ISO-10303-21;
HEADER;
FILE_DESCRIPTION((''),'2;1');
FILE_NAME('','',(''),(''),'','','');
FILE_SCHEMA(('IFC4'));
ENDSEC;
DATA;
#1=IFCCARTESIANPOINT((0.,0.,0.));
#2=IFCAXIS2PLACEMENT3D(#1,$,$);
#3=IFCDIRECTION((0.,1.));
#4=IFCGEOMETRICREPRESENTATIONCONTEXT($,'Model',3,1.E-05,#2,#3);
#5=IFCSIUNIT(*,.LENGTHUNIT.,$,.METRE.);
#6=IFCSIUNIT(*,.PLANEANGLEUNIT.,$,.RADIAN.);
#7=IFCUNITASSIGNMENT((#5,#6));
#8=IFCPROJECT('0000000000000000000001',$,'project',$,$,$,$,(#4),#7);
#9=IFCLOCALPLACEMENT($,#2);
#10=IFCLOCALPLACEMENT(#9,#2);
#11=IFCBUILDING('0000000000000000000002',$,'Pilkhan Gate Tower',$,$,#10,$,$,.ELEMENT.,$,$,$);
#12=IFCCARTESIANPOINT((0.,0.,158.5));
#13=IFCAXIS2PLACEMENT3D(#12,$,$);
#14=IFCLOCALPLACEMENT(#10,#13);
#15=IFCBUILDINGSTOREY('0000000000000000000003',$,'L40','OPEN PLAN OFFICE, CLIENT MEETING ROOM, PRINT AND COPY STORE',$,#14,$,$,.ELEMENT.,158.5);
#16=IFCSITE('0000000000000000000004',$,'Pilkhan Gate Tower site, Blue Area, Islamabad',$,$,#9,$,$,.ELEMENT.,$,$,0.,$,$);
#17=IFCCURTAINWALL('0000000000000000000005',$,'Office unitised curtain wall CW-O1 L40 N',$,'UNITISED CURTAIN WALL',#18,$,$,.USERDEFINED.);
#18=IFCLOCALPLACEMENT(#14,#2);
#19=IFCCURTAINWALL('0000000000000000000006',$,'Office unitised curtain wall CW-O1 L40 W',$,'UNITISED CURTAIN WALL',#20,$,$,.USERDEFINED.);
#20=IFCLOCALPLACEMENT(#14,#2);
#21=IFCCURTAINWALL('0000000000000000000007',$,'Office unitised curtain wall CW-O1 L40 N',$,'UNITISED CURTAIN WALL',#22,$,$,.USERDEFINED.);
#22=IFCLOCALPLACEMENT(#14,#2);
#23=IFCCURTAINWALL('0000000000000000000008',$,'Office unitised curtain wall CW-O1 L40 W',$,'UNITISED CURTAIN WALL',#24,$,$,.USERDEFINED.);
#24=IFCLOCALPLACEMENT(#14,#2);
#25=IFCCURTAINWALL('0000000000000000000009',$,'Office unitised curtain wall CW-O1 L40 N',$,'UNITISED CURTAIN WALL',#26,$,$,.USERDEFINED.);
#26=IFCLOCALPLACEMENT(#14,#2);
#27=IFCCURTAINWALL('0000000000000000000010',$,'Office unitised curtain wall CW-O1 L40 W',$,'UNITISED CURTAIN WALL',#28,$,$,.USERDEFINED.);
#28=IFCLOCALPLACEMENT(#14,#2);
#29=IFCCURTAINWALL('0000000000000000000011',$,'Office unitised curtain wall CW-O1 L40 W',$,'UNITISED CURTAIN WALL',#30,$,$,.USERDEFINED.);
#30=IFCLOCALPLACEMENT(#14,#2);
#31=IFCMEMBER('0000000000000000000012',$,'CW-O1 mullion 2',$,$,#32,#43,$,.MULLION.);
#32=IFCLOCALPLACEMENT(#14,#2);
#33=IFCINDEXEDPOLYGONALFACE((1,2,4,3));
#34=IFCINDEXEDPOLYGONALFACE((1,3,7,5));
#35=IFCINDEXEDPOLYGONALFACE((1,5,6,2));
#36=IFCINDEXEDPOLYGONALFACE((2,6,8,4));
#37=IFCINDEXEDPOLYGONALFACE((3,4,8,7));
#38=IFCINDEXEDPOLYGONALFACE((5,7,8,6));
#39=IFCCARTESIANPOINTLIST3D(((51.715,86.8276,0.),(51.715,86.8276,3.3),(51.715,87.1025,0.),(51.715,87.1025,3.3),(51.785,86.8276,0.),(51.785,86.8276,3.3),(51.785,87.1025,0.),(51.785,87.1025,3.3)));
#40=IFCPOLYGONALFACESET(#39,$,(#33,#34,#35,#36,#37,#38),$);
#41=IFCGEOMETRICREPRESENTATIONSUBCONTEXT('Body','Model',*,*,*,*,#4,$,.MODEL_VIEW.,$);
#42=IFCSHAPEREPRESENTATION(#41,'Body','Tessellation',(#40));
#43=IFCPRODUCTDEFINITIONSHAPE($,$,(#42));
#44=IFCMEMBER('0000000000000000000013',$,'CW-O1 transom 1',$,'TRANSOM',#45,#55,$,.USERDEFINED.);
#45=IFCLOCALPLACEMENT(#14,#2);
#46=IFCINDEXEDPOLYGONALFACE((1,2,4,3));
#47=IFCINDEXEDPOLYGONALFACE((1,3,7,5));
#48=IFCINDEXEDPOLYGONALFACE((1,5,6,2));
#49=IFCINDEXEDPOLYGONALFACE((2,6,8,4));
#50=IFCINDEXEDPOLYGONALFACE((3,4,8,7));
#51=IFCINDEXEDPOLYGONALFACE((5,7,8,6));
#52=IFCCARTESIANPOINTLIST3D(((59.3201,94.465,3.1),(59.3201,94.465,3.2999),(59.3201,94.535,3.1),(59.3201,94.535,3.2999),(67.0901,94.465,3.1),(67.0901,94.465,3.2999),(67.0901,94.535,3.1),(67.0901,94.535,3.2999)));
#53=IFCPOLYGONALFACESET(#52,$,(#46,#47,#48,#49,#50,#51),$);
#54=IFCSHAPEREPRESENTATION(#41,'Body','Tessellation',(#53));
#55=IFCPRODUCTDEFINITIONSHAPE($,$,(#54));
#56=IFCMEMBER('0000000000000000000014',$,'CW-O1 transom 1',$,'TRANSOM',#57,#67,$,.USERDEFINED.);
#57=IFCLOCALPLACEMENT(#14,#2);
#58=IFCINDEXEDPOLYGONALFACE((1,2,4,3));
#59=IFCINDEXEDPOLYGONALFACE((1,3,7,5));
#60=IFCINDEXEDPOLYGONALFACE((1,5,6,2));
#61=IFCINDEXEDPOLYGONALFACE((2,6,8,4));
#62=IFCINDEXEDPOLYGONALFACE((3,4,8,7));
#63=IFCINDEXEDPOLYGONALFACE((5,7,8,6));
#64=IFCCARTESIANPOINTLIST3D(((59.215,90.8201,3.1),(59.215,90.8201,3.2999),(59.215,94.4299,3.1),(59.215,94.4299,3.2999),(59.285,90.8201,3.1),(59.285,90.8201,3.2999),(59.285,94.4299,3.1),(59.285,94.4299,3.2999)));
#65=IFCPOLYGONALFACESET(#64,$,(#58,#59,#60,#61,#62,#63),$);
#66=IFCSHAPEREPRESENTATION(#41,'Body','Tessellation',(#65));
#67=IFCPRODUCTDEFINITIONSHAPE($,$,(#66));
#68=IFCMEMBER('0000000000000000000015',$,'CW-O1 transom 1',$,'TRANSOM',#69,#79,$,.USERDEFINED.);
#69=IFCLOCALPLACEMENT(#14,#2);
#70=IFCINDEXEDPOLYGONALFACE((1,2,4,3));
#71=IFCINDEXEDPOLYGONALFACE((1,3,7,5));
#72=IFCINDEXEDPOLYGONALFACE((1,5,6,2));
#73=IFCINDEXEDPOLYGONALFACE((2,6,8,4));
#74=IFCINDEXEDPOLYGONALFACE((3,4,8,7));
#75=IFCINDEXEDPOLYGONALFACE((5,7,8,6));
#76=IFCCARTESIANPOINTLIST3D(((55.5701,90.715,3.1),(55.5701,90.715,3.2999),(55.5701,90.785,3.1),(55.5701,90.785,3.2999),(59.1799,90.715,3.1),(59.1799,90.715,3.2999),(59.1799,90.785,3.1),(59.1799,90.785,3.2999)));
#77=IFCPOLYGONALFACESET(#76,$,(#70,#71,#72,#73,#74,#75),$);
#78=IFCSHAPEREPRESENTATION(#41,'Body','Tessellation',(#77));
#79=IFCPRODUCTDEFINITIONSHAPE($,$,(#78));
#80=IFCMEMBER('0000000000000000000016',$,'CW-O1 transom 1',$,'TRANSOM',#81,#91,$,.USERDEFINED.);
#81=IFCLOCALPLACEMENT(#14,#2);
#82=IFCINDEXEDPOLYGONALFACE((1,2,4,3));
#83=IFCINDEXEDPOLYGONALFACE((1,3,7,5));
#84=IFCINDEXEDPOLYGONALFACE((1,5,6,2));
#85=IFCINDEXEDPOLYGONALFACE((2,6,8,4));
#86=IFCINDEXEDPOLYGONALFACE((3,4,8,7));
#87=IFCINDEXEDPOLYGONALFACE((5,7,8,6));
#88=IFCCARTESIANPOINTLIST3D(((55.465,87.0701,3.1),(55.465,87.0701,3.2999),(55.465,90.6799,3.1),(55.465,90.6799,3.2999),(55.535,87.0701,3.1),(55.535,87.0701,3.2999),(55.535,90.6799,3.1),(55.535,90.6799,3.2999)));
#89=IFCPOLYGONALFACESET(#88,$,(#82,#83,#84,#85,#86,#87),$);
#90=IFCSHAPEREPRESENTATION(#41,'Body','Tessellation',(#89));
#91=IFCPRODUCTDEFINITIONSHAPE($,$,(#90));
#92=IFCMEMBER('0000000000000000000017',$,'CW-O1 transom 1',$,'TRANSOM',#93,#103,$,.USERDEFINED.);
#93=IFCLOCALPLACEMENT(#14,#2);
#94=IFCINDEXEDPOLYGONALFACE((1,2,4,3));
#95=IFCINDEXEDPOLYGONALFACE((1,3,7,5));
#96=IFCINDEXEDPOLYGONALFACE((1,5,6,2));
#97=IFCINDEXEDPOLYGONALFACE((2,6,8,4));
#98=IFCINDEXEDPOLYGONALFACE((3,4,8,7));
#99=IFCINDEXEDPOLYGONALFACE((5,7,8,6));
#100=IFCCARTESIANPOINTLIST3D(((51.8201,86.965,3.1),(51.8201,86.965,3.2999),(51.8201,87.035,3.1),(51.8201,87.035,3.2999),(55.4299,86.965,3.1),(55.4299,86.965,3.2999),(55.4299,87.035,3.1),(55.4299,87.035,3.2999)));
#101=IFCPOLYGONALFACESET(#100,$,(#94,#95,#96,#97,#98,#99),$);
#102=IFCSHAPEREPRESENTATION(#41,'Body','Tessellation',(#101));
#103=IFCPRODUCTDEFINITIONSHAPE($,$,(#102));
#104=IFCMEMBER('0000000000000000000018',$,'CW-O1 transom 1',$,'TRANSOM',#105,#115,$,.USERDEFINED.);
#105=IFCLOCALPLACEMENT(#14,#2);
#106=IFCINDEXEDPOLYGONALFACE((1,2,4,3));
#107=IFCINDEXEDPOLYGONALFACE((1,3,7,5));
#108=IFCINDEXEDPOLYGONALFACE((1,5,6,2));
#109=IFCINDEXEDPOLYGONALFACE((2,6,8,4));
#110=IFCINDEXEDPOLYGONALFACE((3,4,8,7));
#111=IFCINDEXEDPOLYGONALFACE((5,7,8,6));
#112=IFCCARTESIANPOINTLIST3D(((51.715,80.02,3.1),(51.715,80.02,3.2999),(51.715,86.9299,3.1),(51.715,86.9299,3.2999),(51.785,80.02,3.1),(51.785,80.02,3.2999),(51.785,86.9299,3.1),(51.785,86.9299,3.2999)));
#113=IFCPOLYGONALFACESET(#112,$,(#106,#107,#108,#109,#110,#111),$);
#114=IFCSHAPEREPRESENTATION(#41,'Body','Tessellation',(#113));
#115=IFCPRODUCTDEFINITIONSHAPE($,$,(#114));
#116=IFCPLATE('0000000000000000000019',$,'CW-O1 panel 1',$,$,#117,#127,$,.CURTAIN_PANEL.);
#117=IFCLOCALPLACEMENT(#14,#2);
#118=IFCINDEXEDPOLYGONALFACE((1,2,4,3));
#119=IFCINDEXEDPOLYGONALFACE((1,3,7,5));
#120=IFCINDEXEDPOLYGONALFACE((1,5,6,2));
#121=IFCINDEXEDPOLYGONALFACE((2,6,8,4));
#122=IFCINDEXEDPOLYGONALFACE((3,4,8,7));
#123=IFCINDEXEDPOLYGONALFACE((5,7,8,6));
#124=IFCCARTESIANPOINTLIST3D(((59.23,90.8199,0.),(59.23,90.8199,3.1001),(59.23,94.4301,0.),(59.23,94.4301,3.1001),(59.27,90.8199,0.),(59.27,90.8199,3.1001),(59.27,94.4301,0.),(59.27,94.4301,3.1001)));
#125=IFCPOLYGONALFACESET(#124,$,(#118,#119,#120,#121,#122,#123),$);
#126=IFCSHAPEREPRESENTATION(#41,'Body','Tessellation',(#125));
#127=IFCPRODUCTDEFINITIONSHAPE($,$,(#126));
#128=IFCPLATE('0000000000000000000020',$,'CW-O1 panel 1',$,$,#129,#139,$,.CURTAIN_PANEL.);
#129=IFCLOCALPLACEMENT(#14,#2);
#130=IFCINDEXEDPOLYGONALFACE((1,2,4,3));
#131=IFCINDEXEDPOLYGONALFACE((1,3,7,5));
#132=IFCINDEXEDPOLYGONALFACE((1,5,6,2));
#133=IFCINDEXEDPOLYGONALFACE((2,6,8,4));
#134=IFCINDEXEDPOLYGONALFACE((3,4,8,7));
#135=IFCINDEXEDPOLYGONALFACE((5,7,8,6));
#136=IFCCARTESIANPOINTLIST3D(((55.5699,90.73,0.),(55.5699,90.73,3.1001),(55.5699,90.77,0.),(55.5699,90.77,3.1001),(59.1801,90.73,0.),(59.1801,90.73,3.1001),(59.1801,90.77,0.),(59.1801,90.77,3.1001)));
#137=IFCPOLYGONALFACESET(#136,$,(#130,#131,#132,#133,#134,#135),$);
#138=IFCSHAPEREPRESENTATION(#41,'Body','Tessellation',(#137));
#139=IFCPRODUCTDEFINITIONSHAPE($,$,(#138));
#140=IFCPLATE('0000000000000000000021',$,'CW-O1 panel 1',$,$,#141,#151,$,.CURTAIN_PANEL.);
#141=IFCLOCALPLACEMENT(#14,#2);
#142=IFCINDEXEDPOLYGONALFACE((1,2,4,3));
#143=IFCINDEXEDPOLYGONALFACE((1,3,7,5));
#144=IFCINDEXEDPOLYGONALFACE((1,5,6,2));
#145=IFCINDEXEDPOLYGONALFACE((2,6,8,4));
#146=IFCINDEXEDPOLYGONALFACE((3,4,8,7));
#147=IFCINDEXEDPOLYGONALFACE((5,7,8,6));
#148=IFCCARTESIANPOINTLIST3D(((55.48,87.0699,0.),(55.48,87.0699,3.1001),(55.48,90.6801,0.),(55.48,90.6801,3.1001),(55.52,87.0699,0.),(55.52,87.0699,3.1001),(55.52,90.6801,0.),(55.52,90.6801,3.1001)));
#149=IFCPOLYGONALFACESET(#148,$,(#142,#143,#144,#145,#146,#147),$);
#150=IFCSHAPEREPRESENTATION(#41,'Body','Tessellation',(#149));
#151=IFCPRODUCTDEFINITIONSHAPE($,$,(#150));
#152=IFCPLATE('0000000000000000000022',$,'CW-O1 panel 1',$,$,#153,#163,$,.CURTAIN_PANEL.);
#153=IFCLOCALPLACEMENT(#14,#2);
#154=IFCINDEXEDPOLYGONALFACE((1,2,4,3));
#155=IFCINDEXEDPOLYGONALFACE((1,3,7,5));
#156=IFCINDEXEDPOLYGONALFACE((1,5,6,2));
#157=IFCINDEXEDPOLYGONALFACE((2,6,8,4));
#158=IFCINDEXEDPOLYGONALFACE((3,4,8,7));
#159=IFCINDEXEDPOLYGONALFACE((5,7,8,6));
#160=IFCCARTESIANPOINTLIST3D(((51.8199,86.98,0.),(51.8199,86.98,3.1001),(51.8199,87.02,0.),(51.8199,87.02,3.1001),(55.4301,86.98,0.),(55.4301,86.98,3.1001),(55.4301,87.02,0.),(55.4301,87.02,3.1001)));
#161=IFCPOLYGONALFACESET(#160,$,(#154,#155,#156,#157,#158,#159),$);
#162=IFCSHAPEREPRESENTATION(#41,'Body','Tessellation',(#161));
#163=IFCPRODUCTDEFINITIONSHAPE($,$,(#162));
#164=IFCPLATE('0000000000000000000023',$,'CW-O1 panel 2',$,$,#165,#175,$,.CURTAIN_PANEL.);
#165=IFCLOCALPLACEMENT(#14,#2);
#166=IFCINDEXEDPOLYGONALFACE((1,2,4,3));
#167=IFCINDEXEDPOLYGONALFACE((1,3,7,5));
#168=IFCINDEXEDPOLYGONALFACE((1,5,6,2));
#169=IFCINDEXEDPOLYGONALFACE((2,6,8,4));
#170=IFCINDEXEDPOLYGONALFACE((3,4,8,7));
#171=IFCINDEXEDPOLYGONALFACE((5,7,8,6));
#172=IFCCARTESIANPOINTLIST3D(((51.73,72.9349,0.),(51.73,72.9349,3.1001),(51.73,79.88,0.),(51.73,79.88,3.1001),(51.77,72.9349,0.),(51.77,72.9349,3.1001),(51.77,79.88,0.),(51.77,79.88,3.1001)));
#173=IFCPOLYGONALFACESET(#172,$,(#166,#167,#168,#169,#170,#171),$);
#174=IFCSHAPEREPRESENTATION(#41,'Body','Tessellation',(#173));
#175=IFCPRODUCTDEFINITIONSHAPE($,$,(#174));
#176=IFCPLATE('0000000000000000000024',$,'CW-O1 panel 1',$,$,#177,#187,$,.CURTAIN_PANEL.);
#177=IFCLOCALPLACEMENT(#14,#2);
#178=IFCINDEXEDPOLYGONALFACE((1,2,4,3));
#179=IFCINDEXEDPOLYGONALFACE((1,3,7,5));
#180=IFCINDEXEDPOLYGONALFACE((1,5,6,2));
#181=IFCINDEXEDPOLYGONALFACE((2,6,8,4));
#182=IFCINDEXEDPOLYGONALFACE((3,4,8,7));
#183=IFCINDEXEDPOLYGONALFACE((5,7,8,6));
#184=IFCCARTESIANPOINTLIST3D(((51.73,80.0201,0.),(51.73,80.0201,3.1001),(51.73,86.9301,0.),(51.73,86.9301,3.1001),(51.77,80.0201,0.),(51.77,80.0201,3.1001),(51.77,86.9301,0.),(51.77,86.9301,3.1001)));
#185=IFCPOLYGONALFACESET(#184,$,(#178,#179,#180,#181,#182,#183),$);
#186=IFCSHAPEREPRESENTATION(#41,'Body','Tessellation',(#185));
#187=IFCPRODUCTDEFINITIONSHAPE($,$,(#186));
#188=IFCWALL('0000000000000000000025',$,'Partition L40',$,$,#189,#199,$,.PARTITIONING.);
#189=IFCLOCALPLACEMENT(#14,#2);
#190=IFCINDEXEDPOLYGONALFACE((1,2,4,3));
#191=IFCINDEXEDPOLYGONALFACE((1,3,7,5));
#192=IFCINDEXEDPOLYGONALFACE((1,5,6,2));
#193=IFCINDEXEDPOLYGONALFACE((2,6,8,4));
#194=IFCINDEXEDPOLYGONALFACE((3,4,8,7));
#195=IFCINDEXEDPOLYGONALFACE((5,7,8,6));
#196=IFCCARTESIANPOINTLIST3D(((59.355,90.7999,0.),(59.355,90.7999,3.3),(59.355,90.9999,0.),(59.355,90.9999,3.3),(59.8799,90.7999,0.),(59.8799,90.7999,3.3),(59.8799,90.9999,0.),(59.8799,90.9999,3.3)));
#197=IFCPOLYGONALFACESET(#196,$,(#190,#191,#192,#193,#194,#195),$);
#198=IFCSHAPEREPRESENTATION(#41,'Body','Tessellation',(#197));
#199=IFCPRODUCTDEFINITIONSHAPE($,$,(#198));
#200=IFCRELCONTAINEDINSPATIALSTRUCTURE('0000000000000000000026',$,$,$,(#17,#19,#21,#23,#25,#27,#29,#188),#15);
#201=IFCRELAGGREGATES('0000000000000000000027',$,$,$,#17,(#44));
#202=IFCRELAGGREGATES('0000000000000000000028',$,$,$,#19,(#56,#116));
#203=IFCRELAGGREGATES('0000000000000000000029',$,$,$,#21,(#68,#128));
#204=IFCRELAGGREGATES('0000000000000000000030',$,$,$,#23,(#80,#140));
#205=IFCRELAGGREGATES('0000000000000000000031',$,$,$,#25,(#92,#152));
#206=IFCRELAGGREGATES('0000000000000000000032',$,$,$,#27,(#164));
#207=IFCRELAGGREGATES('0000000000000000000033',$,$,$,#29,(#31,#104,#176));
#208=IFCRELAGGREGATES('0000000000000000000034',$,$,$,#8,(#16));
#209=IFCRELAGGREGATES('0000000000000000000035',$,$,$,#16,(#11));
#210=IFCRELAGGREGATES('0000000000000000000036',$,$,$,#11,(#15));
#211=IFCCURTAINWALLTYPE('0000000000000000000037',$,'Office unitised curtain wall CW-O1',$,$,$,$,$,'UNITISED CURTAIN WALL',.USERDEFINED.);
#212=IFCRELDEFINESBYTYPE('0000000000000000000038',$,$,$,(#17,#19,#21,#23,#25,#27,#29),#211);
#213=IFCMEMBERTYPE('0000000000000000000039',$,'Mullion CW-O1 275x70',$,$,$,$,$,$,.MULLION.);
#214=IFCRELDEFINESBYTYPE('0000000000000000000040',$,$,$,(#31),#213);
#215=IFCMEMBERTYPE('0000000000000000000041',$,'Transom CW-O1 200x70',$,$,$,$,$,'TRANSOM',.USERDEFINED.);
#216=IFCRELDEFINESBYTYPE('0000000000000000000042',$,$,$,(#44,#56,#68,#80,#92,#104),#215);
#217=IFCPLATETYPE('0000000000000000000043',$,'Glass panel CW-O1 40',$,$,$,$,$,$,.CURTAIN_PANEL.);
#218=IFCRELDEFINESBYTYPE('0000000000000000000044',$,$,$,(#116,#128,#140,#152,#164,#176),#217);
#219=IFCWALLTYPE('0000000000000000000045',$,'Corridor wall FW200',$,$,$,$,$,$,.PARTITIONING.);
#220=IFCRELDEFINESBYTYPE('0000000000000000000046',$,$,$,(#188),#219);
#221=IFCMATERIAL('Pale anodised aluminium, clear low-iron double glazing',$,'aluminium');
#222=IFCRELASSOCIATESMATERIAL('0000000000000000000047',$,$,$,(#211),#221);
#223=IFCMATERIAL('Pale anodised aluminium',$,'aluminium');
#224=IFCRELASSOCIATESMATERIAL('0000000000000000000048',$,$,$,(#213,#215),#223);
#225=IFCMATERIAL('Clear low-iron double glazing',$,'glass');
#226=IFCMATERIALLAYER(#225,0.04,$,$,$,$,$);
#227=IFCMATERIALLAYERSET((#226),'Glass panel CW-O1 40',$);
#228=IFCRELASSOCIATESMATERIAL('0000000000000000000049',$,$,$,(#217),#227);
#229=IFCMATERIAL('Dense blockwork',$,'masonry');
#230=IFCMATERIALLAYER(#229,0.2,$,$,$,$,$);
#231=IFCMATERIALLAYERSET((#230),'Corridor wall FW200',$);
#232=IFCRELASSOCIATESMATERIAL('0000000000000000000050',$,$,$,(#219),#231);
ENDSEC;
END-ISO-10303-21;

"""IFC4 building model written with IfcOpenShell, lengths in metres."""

from ifc_helpers import new_model, si_unit, direction, frame, frame_2d, origin, origin_2d, place, context, subcontext, project, spatial, rectangle, extrude, material, layer, layer_set, material_profile, profile_set, type_object, element, aggregate, save


model = new_model("IFC4")

# Units and contexts
model_context = context("Model", 3, precision=1e-05, world=origin(), true_north=direction((0.0, 1.0)))
body_context = subcontext(model_context, "Body", "Model", "MODEL_VIEW")
ifc_project = project(units=[si_unit("LENGTHUNIT", "METRE"), si_unit("PLANEANGLEUNIT", "RADIAN")], contexts=[model_context])

# Site, building, storey
site_placement = place(None, origin())
site = spatial("IfcSite", under=ifc_project, at=site_placement, Name="Pilkhan Gate Tower site, Blue Area, Islamabad", CompositionType="ELEMENT", RefElevation=0.0)
building_placement = place(site_placement, origin())
building = spatial("IfcBuilding", under=site, at=building_placement, Name="Pilkhan Gate Tower", CompositionType="ELEMENT")
storey_placement = place(building_placement, frame((0.0, 0.0, 158.5)))
storey = spatial("IfcBuildingStorey", under=building, at=storey_placement, Name="L40", Description="OPEN PLAN OFFICE, CLIENT MEETING ROOM, PRINT AND COPY STORE", CompositionType="ELEMENT", Elevation=158.5)

# Curtain wall
ifc_material_1 = material(Name="Pale anodised aluminium, clear low-iron double glazing", Category="aluminium")
curtain_wall_type = type_object("IfcCurtainWallType", Name="Office unitised curtain wall CW-O1", ElementType="UNITISED CURTAIN WALL", PredefinedType="USERDEFINED", material=ifc_material_1)
curtain_wall_1_placement = place(storey_placement, origin())
curtain_wall_1 = element("IfcCurtainWall", 1, at=curtain_wall_1_placement, inside=storey, type_object=curtain_wall_type, Name="Office unitised curtain wall CW-O1 L40 N", ObjectType="UNITISED CURTAIN WALL", PredefinedType="USERDEFINED")
ifc_material_2 = material(Name="Pale anodised aluminium", Category="aluminium")
ifc_material_profile_1 = material_profile(ifc_material_2, rectangle(XDim=0.0701, YDim=0.2749, at=origin_2d()), Name="Mullion 275x70")
ifc_profile_set_1 = profile_set([ifc_material_profile_1], Name="Pale anodised aluminium")
member_type_1 = type_object("IfcMemberType", Name="Mullion CW-O1 275x70", PredefinedType="MULLION", material=ifc_profile_set_1)

# Curtain walls
curtain_wall_2_placement = place(storey_placement, origin())
curtain_wall_2 = element("IfcCurtainWall", 2, at=curtain_wall_2_placement, inside=storey, type_object=curtain_wall_type, Name="Office unitised curtain wall CW-O1 L40 W", ObjectType="UNITISED CURTAIN WALL", PredefinedType="USERDEFINED")
curtain_wall_3_placement = place(storey_placement, origin())
curtain_wall_3 = element("IfcCurtainWall", 3, at=curtain_wall_3_placement, inside=storey, type_object=curtain_wall_type, Name="Office unitised curtain wall CW-O1 L40 N", ObjectType="UNITISED CURTAIN WALL", PredefinedType="USERDEFINED")
curtain_wall_4_placement = place(storey_placement, origin())
curtain_wall_4 = element("IfcCurtainWall", 4, at=curtain_wall_4_placement, inside=storey, type_object=curtain_wall_type, Name="Office unitised curtain wall CW-O1 L40 W", ObjectType="UNITISED CURTAIN WALL", PredefinedType="USERDEFINED")
curtain_wall_5_placement = place(storey_placement, origin())
curtain_wall_5 = element("IfcCurtainWall", 5, at=curtain_wall_5_placement, inside=storey, type_object=curtain_wall_type, Name="Office unitised curtain wall CW-O1 L40 N", ObjectType="UNITISED CURTAIN WALL", PredefinedType="USERDEFINED")

# Curtain wall
curtain_wall_6_placement = place(storey_placement, origin())
curtain_wall_6 = element("IfcCurtainWall", 6, at=curtain_wall_6_placement, inside=storey, type_object=curtain_wall_type, Name="Office unitised curtain wall CW-O1 L40 W", ObjectType="UNITISED CURTAIN WALL", PredefinedType="USERDEFINED")

# Curtain wall, member
curtain_wall_7_placement = place(storey_placement, origin())
curtain_wall_7 = element("IfcCurtainWall", 7, at=curtain_wall_7_placement, inside=storey, type_object=curtain_wall_type, Name="Office unitised curtain wall CW-O1 L40 W", ObjectType="UNITISED CURTAIN WALL", PredefinedType="USERDEFINED")
member_1_placement = place(storey_placement, frame((51.75, 86.9651, 0.0), z_axis=(0.0, 0.0, 1.0), x_axis=(-1.0, 0.0, 0.0)))
member_1 = element("IfcMember", 8, at=member_1_placement, type_object=member_type_1, Name="CW-O1 mullion 2", PredefinedType="MULLION", context=body_context, shape_type="SweptSolid", body=[
    extrude(rectangle(XDim=0.0701, YDim=0.2749, at=origin_2d()), origin(), (0.0, 0.0, 1.0), 3.3),
])

# Members
ifc_material_profile_2 = material_profile(ifc_material_2, rectangle(XDim=0.0701, YDim=0.2, at=origin_2d()), Name="Transom 200x70")
ifc_profile_set_2 = profile_set([ifc_material_profile_2], Name="Pale anodised aluminium")
member_type_2 = type_object("IfcMemberType", Name="Transom CW-O1 200x70", ElementType="TRANSOM", PredefinedType="USERDEFINED", material=ifc_profile_set_2)
member_2_placement = place(storey_placement, frame((59.3201, 94.5, 3.2), z_axis=(1.0, 0.0, 0.0), x_axis=(0.0, 1.0, 0.0)))
member_2 = element("IfcMember", 9, at=member_2_placement, type_object=member_type_2, Name="CW-O1 transom 1", ObjectType="TRANSOM", PredefinedType="USERDEFINED", context=body_context, shape_type="SweptSolid", body=[
    extrude(rectangle(XDim=0.0701, YDim=0.2, at=origin_2d()), origin(), (0.0, 0.0, 1.0), 7.77),
])
aggregate(curtain_wall_1, [member_2])
member_3_placement = place(storey_placement, frame((59.25, 90.8201, 3.2), z_axis=(0.0, 1.0, 0.0), x_axis=(-1.0, 0.0, 0.0)))
member_3 = element("IfcMember", 10, at=member_3_placement, type_object=member_type_2, Name="CW-O1 transom 1", ObjectType="TRANSOM", PredefinedType="USERDEFINED", context=body_context, shape_type="SweptSolid", body=[
    extrude(rectangle(XDim=0.0701, YDim=0.2, at=origin_2d()), origin(), (0.0, 0.0, 1.0), 3.6099),
])
member_4_placement = place(storey_placement, frame((55.5701, 90.75, 3.2), z_axis=(1.0, 0.0, 0.0), x_axis=(0.0, 1.0, 0.0)))
member_4 = element("IfcMember", 11, at=member_4_placement, type_object=member_type_2, Name="CW-O1 transom 1", ObjectType="TRANSOM", PredefinedType="USERDEFINED", context=body_context, shape_type="SweptSolid", body=[
    extrude(rectangle(XDim=0.0701, YDim=0.2, at=origin_2d()), origin(), (0.0, 0.0, 1.0), 3.6099),
])
member_5_placement = place(storey_placement, frame((55.5, 87.0701, 3.2), z_axis=(0.0, 1.0, 0.0), x_axis=(-1.0, 0.0, 0.0)))
member_5 = element("IfcMember", 12, at=member_5_placement, type_object=member_type_2, Name="CW-O1 transom 1", ObjectType="TRANSOM", PredefinedType="USERDEFINED", context=body_context, shape_type="SweptSolid", body=[
    extrude(rectangle(XDim=0.0701, YDim=0.2, at=origin_2d()), origin(), (0.0, 0.0, 1.0), 3.6099),
])
member_6_placement = place(storey_placement, frame((51.8201, 87.0, 3.2), z_axis=(1.0, 0.0, 0.0), x_axis=(0.0, 1.0, 0.0)))
member_6 = element("IfcMember", 13, at=member_6_placement, type_object=member_type_2, Name="CW-O1 transom 1", ObjectType="TRANSOM", PredefinedType="USERDEFINED", context=body_context, shape_type="SweptSolid", body=[
    extrude(rectangle(XDim=0.0701, YDim=0.2, at=origin_2d()), origin(), (0.0, 0.0, 1.0), 3.6099),
])
member_7_placement = place(storey_placement, frame((51.75, 80.02, 3.2), z_axis=(0.0, 1.0, 0.0), x_axis=(-1.0, 0.0, 0.0)))
member_7 = element("IfcMember", 14, at=member_7_placement, type_object=member_type_2, Name="CW-O1 transom 1", ObjectType="TRANSOM", PredefinedType="USERDEFINED", context=body_context, shape_type="SweptSolid", body=[
    extrude(rectangle(XDim=0.0701, YDim=0.2, at=origin_2d()), origin(), (0.0, 0.0, 1.0), 6.9099),
])

# Plates
ifc_material_3 = material(Name="Clear low-iron double glazing", Category="glass")
ifc_layer_1 = layer(ifc_material_3, 0.04)
ifc_layer_set_1 = layer_set([ifc_layer_1], Name="Glass panel CW-O1 40")
plate_type = type_object("IfcPlateType", Name="Glass panel CW-O1 40", PredefinedType="CURTAIN_PANEL", material=ifc_layer_set_1)
plate_1_placement = place(storey_placement, frame((59.25, 92.625, 0.0), z_axis=(0.0, 0.0, 1.0), x_axis=(0.0, 1.0, 0.0)))
plate_1 = element("IfcPlate", 15, at=plate_1_placement, type_object=plate_type, Name="CW-O1 panel 1", PredefinedType="CURTAIN_PANEL", context=body_context, shape_type="SweptSolid", body=[
    extrude(rectangle(XDim=3.6101, YDim=0.04, at=origin_2d()), origin(), (0.0, 0.0, 1.0), 3.1001),
])
aggregate(curtain_wall_2, [member_3, plate_1])
plate_2_placement = place(storey_placement, frame((57.375, 90.75, 0.0), z_axis=(0.0, 0.0, 1.0), x_axis=(1.0, 0.0, 0.0)))
plate_2 = element("IfcPlate", 16, at=plate_2_placement, type_object=plate_type, Name="CW-O1 panel 1", PredefinedType="CURTAIN_PANEL", context=body_context, shape_type="SweptSolid", body=[
    extrude(rectangle(XDim=3.6101, YDim=0.04, at=origin_2d()), origin(), (0.0, 0.0, 1.0), 3.1001),
])
aggregate(curtain_wall_3, [member_4, plate_2])
plate_3_placement = place(storey_placement, frame((55.5, 88.875, 0.0), z_axis=(0.0, 0.0, 1.0), x_axis=(0.0, 1.0, 0.0)))
plate_3 = element("IfcPlate", 17, at=plate_3_placement, type_object=plate_type, Name="CW-O1 panel 1", PredefinedType="CURTAIN_PANEL", context=body_context, shape_type="SweptSolid", body=[
    extrude(rectangle(XDim=3.6101, YDim=0.04, at=origin_2d()), origin(), (0.0, 0.0, 1.0), 3.1001),
])
aggregate(curtain_wall_4, [member_5, plate_3])
plate_4_placement = place(storey_placement, frame((53.625, 87.0, 0.0), z_axis=(0.0, 0.0, 1.0), x_axis=(1.0, 0.0, 0.0)))
plate_4 = element("IfcPlate", 18, at=plate_4_placement, type_object=plate_type, Name="CW-O1 panel 1", PredefinedType="CURTAIN_PANEL", context=body_context, shape_type="SweptSolid", body=[
    extrude(rectangle(XDim=3.6101, YDim=0.04, at=origin_2d()), origin(), (0.0, 0.0, 1.0), 3.1001),
])
aggregate(curtain_wall_5, [member_6, plate_4])
plate_5_placement = place(storey_placement, frame((51.75, 76.4075, 0.0), z_axis=(0.0, 0.0, 1.0), x_axis=(0.0, 1.0, 0.0)))
plate_5 = element("IfcPlate", 19, at=plate_5_placement, type_object=plate_type, Name="CW-O1 panel 2", PredefinedType="CURTAIN_PANEL", context=body_context, shape_type="SweptSolid", body=[
    extrude(rectangle(XDim=6.9451, YDim=0.04, at=origin_2d()), origin(), (0.0, 0.0, 1.0), 3.1001),
])
aggregate(curtain_wall_6, [plate_5])
plate_6_placement = place(storey_placement, frame((51.75, 83.4751, 0.0), z_axis=(0.0, 0.0, 1.0), x_axis=(0.0, 1.0, 0.0)))
plate_6 = element("IfcPlate", 20, at=plate_6_placement, type_object=plate_type, Name="CW-O1 panel 1", PredefinedType="CURTAIN_PANEL", context=body_context, shape_type="SweptSolid", body=[
    extrude(rectangle(XDim=6.9099, YDim=0.04, at=origin_2d()), origin(), (0.0, 0.0, 1.0), 3.1001),
])
aggregate(curtain_wall_7, [member_1, member_7, plate_6])

# Wall
ifc_material_4 = material(Name="Dense blockwork", Category="masonry")
ifc_layer_2 = layer(ifc_material_4, 0.2)
ifc_layer_set_2 = layer_set([ifc_layer_2], Name="Corridor wall FW200")
wall_type_1 = type_object("IfcWallType", Name="Corridor wall FW200", PredefinedType="PARTITIONING", material=ifc_layer_set_2)
wall_1_placement = place(storey_placement, frame((59.355, 90.8999, 0.0), z_axis=(0.0, 0.0, 1.0), x_axis=(1.0, 0.0, 0.0)))
element("IfcWall", 21, at=wall_1_placement, inside=storey, type_object=wall_type_1, Name="Partition L40", PredefinedType="PARTITIONING", context=body_context, shape_type="SweptSolid", body=[
    extrude(rectangle(XDim=0.5249, YDim=0.2, at=frame_2d((0.2625, 0.0))), origin(), (0.0, 0.0, 1.0), 3.3),
])

save(model, "model.ifc")
